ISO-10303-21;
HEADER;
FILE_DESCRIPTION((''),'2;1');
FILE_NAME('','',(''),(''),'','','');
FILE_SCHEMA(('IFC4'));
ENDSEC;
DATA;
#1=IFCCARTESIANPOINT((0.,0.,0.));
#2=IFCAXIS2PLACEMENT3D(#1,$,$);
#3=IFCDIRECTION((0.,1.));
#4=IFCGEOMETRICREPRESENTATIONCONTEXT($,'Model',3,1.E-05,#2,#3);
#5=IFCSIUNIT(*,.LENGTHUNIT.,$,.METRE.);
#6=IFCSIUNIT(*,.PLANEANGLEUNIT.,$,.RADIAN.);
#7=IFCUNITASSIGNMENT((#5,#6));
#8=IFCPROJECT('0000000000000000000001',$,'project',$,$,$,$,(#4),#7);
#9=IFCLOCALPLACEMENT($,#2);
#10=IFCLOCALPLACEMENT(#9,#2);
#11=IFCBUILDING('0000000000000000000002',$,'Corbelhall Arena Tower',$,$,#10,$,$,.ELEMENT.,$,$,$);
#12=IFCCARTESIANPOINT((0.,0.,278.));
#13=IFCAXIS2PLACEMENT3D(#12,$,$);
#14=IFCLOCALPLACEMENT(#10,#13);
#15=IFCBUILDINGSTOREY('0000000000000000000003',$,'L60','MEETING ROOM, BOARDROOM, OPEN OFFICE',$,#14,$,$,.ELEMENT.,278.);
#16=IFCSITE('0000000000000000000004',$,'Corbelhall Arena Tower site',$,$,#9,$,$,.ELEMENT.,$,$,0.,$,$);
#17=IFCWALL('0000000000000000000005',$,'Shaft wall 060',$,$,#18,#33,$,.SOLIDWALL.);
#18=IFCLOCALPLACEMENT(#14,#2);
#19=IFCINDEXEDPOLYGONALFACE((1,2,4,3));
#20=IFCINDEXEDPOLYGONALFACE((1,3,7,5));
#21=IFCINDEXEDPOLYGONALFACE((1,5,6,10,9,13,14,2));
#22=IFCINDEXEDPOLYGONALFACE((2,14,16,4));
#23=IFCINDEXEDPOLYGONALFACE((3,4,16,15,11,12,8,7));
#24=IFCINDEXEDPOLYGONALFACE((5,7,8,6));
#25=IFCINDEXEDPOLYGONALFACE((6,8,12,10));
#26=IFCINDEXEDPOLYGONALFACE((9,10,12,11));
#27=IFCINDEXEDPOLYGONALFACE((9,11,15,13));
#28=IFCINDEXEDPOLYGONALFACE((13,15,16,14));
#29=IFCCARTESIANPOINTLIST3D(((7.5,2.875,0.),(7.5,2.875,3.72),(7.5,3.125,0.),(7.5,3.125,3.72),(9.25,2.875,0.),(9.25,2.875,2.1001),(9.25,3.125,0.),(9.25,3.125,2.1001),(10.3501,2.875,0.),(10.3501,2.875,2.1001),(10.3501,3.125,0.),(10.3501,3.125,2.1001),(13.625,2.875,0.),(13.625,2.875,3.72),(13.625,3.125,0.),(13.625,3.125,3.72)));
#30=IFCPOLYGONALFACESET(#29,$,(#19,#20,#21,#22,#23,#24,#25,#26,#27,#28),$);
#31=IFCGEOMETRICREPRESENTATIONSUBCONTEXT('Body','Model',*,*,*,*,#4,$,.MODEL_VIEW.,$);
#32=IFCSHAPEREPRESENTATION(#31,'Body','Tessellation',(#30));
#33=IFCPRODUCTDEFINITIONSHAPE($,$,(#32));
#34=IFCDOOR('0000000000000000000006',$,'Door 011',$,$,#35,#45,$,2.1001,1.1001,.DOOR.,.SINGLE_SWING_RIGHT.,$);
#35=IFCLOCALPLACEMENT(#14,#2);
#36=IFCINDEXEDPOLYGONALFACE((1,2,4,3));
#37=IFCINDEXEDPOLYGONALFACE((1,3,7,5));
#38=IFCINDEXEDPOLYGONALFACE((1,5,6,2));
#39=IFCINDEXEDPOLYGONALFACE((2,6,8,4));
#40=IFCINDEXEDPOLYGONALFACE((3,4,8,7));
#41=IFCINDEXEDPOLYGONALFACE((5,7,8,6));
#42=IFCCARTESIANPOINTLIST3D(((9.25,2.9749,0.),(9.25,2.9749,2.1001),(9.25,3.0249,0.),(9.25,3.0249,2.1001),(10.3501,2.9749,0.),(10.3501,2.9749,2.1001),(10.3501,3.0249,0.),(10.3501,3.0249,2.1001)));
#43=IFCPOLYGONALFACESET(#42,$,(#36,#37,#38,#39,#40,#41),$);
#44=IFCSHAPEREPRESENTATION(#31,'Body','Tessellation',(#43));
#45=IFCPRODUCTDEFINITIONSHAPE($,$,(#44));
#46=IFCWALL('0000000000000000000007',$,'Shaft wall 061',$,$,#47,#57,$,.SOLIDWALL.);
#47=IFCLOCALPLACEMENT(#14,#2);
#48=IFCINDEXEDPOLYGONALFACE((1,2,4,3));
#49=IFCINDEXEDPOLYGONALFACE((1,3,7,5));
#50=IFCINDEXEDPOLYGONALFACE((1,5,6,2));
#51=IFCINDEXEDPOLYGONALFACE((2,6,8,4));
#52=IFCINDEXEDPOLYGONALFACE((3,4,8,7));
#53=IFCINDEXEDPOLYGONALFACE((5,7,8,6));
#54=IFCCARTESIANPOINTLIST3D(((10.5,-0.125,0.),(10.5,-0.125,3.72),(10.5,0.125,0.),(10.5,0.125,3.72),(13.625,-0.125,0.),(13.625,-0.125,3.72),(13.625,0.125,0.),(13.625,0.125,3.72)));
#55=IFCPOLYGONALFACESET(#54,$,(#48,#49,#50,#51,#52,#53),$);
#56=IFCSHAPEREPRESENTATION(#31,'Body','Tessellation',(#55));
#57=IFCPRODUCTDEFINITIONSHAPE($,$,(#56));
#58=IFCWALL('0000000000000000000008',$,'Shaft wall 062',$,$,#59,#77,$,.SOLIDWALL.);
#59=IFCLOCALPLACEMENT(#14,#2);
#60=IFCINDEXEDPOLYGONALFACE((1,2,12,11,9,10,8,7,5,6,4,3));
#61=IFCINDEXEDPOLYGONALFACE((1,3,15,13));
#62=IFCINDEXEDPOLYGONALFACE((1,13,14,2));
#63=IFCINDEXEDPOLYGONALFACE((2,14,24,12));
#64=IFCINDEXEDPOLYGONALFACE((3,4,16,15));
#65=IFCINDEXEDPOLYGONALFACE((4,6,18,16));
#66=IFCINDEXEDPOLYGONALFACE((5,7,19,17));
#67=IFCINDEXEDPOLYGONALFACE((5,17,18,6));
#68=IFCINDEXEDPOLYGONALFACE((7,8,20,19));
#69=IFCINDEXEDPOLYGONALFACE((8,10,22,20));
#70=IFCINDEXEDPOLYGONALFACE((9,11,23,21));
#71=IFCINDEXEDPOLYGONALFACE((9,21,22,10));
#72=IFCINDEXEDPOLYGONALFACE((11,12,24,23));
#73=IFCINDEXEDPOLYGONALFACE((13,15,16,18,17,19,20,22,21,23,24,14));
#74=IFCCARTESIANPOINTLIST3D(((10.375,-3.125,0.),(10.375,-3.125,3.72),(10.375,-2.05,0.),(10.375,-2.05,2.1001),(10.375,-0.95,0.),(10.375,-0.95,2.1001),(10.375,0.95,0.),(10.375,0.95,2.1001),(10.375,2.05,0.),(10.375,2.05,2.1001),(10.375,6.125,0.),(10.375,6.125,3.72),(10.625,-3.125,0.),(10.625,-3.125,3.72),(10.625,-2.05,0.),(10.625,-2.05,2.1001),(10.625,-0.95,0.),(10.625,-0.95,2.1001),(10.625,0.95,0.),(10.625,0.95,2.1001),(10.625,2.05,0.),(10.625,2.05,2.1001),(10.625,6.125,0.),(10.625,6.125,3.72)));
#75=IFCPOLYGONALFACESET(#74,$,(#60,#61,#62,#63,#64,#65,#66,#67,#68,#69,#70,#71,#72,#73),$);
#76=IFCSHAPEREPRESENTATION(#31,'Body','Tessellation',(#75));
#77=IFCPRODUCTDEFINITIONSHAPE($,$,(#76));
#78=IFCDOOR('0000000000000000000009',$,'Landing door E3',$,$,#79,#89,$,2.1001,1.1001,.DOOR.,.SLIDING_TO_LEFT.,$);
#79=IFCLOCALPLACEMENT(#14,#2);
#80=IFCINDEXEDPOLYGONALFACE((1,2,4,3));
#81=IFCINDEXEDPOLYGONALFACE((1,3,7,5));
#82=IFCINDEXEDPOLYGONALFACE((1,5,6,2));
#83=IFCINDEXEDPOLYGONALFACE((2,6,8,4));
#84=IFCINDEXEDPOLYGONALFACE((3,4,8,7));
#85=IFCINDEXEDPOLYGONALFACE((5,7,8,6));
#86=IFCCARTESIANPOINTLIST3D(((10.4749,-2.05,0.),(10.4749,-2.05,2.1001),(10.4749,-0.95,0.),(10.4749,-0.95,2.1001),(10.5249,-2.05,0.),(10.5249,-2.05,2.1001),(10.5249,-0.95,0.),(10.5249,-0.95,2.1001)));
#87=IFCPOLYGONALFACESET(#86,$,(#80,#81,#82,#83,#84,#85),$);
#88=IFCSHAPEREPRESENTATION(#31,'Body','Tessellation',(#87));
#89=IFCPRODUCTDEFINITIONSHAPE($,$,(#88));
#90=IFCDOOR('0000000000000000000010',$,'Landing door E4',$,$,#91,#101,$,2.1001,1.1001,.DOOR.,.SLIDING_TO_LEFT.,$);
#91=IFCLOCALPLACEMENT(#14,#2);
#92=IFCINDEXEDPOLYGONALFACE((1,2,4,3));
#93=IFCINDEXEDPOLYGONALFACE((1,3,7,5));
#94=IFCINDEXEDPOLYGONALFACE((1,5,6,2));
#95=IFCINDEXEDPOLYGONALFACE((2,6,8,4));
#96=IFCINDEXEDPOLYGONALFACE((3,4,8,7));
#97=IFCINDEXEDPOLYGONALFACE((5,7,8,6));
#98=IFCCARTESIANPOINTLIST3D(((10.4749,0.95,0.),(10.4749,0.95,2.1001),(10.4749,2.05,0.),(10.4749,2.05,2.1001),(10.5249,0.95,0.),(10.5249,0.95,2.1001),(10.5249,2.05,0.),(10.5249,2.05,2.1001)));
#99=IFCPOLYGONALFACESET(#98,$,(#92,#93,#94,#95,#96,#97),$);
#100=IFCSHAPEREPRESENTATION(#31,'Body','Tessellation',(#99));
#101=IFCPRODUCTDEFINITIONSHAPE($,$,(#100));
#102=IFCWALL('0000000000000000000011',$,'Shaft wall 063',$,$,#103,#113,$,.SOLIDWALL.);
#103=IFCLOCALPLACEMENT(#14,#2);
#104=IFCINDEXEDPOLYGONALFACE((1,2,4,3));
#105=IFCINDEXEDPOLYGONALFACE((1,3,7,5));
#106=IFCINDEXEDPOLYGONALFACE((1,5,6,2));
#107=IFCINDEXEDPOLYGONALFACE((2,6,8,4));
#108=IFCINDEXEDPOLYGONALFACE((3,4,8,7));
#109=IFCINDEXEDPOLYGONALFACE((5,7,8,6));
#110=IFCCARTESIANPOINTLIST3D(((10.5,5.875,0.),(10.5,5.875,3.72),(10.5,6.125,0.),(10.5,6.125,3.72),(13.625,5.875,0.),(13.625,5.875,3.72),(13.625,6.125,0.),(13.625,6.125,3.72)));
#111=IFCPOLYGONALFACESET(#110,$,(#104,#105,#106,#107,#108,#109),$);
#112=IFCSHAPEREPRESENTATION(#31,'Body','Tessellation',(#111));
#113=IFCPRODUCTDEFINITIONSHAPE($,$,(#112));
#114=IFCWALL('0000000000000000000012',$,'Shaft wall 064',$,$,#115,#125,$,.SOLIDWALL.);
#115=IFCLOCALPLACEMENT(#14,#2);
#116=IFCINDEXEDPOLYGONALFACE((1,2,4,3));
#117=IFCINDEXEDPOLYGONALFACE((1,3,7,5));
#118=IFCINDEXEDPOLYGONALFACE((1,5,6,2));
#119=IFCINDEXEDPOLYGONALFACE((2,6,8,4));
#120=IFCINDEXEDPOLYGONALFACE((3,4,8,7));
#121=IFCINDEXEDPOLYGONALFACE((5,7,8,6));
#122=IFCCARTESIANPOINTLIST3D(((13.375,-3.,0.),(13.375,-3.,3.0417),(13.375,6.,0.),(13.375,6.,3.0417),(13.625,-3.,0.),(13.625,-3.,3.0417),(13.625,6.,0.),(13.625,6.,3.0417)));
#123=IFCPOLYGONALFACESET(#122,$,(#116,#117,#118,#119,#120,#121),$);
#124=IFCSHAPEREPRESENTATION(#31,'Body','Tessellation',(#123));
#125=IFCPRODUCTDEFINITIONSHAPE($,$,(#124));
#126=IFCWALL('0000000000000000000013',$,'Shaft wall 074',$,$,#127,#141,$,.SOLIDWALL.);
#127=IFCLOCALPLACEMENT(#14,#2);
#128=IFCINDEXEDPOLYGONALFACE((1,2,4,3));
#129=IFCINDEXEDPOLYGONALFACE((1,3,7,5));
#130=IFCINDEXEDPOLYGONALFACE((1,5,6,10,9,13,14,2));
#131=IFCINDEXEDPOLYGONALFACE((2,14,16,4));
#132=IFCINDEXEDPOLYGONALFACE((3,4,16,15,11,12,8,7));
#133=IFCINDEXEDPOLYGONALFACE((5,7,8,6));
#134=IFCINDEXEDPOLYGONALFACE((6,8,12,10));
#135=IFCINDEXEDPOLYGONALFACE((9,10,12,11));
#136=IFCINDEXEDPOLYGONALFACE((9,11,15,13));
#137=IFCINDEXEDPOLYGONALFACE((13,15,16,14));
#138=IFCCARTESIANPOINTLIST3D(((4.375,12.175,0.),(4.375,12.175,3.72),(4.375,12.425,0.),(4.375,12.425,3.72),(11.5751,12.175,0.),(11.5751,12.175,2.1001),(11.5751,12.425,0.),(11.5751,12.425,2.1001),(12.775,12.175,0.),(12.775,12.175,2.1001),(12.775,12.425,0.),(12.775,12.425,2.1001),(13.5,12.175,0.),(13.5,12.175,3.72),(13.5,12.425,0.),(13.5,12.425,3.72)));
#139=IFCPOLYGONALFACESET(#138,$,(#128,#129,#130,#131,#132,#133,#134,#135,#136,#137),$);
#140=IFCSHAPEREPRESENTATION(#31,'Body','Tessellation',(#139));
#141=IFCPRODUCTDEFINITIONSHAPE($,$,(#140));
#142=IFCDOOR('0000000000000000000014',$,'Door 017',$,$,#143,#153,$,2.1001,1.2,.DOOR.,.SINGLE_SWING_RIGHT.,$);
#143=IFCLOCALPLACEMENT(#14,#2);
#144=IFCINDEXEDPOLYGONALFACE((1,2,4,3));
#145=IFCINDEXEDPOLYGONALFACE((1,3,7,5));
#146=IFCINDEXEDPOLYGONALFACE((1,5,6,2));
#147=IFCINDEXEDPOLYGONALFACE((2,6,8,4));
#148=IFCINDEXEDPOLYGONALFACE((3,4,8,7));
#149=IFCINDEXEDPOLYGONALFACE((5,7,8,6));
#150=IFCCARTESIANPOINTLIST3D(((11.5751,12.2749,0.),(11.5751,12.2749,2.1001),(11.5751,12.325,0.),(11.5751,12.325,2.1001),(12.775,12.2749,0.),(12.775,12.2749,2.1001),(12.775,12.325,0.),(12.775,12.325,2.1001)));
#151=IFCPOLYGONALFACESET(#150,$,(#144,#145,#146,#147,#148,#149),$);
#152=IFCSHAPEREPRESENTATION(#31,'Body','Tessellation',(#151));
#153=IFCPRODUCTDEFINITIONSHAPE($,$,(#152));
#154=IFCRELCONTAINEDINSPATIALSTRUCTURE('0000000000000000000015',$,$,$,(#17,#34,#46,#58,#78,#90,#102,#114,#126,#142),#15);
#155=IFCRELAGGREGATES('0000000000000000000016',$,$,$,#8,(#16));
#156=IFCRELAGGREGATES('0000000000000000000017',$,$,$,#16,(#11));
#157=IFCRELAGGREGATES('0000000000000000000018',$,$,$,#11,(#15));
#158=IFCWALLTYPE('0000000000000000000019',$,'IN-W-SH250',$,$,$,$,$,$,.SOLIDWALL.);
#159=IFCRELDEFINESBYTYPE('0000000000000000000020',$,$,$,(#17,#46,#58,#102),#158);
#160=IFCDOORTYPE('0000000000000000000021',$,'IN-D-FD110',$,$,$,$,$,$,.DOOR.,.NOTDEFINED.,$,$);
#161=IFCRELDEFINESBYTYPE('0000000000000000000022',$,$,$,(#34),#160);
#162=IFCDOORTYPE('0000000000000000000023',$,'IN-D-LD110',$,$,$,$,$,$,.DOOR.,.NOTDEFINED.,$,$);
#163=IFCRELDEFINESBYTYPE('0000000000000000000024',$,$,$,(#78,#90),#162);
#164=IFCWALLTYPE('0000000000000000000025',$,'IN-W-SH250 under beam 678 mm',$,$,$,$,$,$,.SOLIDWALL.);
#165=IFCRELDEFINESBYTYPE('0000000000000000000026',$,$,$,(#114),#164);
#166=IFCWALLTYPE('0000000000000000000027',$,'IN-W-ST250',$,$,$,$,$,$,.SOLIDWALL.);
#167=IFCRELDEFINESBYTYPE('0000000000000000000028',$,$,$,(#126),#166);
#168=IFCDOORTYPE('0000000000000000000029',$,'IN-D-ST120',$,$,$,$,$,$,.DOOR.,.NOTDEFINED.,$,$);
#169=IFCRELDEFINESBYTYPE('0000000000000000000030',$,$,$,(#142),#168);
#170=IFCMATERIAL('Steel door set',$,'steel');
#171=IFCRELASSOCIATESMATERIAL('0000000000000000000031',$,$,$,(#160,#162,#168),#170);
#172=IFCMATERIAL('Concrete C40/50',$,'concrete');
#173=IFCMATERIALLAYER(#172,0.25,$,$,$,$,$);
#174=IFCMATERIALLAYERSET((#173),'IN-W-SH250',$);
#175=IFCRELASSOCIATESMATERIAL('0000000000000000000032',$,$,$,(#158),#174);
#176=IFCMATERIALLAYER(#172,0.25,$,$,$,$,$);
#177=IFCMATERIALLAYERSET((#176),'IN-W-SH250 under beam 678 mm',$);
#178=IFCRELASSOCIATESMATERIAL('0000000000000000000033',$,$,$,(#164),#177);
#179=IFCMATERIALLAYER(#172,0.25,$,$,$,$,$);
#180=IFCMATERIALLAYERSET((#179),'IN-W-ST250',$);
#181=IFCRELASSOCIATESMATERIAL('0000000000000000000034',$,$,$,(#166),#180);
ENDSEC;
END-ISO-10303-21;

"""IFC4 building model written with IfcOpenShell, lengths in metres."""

from ifc_helpers import new_model, si_unit, direction, frame, frame_2d, origin, place, context, subcontext, project, spatial, rectangle, extrude, material, layer, layer_set, type_object, element, fill, save


model = new_model("IFC4")

# Units and contexts
model_context = context("Model", 3, precision=1e-05, world=origin(), true_north=direction((0.0, 1.0)))
body_context = subcontext(model_context, "Body", "Model", "MODEL_VIEW")
ifc_project = project(units=[si_unit("LENGTHUNIT", "METRE"), si_unit("PLANEANGLEUNIT", "RADIAN")], contexts=[model_context])

# Site, building, storey
site_placement = place(None, origin())
site = spatial("IfcSite", under=ifc_project, at=site_placement, Name="Corbelhall Arena Tower site", CompositionType="ELEMENT", RefElevation=0.0)
building_placement = place(site_placement, origin())
building = spatial("IfcBuilding", under=site, at=building_placement, Name="Corbelhall Arena Tower", CompositionType="ELEMENT")
storey_placement = place(building_placement, frame((0.0, 0.0, 278.0)))
storey = spatial("IfcBuildingStorey", under=building, at=storey_placement, Name="L60", Description="MEETING ROOM, BOARDROOM, OPEN OFFICE", CompositionType="ELEMENT", Elevation=278.0)

# Shared definitions
ifc_material_1 = material(Name="Steel door set", Category="steel")
door_type_1 = type_object("IfcDoorType", Name="IN-D-FD110", OperationType="NOTDEFINED", PredefinedType="DOOR", material=ifc_material_1)

# Shared definitions
ifc_material_2 = material(Name="Concrete C40/50", Category="concrete")
ifc_layer_1 = layer(ifc_material_2, 0.25)
ifc_layer_set_1 = layer_set([ifc_layer_1], Name="IN-W-SH250")
wall_type_1 = type_object("IfcWallType", Name="IN-W-SH250", PredefinedType="SOLIDWALL", material=ifc_layer_set_1)

# Wall, opening, door
wall_1_placement = place(storey_placement, frame((7.5, 3.0, 0.0), z_axis=(0.0, 0.0, 1.0), x_axis=(1.0, 0.0, 0.0)))
wall_1 = element("IfcWall", 1, at=wall_1_placement, inside=storey, type_object=wall_type_1, Name="Shaft wall 060", PredefinedType="SOLIDWALL", context=body_context, shape_type="SweptSolid", body=[
    extrude(rectangle(XDim=6.125, YDim=0.25, at=frame_2d((3.0625, 0.0))), origin(), (0.0, 0.0, 1.0), 3.72),
])
opening_1_placement = place(wall_1_placement, frame((1.75, 0.0, 0.0)))
opening_1 = element("IfcOpeningElement", 2, at=opening_1_placement, cuts=wall_1, PredefinedType="OPENING", context=body_context, shape_type="SweptSolid", body=[
    extrude(rectangle(XDim=1.1001, YDim=2.1001, at=frame_2d((0.55, 1.05))), frame((0.0, 0.125, 0.0), z_axis=(0.0, -1.0, 0.0), x_axis=(1.0, 0.0, 0.0)), (0.0, 0.0, 1.0), 0.25),
])
door_1_placement = place(opening_1_placement, origin())
door_1 = element("IfcDoor", 3, at=door_1_placement, inside=storey, type_object=door_type_1, Name="Door 011", OperationType="SINGLE_SWING_RIGHT", OverallHeight=2.1001, OverallWidth=1.1001, PredefinedType="DOOR", context=body_context, shape_type="SweptSolid", body=[
    extrude(rectangle(XDim=1.1001, YDim=2.1001, at=frame_2d((0.55, 1.05))), frame((0.0, 0.0249, 0.0), z_axis=(0.0, -1.0, 0.0), x_axis=(1.0, 0.0, 0.0)), (0.0, 0.0, 1.0), 0.05),
])
fill(opening_1, door_1)

# Wall
wall_2_placement = place(storey_placement, frame((10.5, 0.0, 0.0), z_axis=(0.0, 0.0, 1.0), x_axis=(1.0, 0.0, 0.0)))
element("IfcWall", 4, at=wall_2_placement, inside=storey, type_object=wall_type_1, Name="Shaft wall 061", PredefinedType="SOLIDWALL", context=body_context, shape_type="SweptSolid", body=[
    extrude(rectangle(XDim=3.125, YDim=0.25, at=frame_2d((1.5625, 0.0))), origin(), (0.0, 0.0, 1.0), 3.72),
])

# Wall, openings, doors
wall_3_placement = place(storey_placement, frame((10.5, 6.125, 0.0), z_axis=(0.0, 0.0, 1.0), x_axis=(0.0, -1.0, 0.0)))
wall_3 = element("IfcWall", 5, at=wall_3_placement, inside=storey, type_object=wall_type_1, Name="Shaft wall 062", PredefinedType="SOLIDWALL", context=body_context, shape_type="SweptSolid", body=[
    extrude(rectangle(XDim=9.25, YDim=0.25, at=frame_2d((4.625, 0.0))), origin(), (0.0, 0.0, 1.0), 3.72),
])
opening_2_placement = place(wall_3_placement, frame((7.075, 0.0, 0.0)))
opening_2 = element("IfcOpeningElement", 6, at=opening_2_placement, cuts=wall_3, PredefinedType="OPENING", context=body_context, shape_type="SweptSolid", body=[
    extrude(rectangle(XDim=1.1001, YDim=2.1001, at=frame_2d((0.55, 1.05))), frame((0.0, 0.125, 0.0), z_axis=(0.0, -1.0, 0.0), x_axis=(1.0, 0.0, 0.0)), (0.0, 0.0, 1.0), 0.25),
])
opening_3_placement = place(wall_3_placement, frame((4.075, 0.0, 0.0)))
opening_3 = element("IfcOpeningElement", 7, at=opening_3_placement, cuts=wall_3, PredefinedType="OPENING", context=body_context, shape_type="SweptSolid", body=[
    extrude(rectangle(XDim=1.1001, YDim=2.1001, at=frame_2d((0.55, 1.05))), frame((0.0, 0.125, 0.0), z_axis=(0.0, -1.0, 0.0), x_axis=(1.0, 0.0, 0.0)), (0.0, 0.0, 1.0), 0.25),
])
door_type_2 = type_object("IfcDoorType", Name="IN-D-LD110", OperationType="NOTDEFINED", PredefinedType="DOOR", material=ifc_material_1)
door_2_placement = place(opening_2_placement, origin())
door_2 = element("IfcDoor", 8, at=door_2_placement, inside=storey, type_object=door_type_2, Name="Landing door E3", OperationType="SLIDING_TO_LEFT", OverallHeight=2.1001, OverallWidth=1.1001, PredefinedType="DOOR", context=body_context, shape_type="SweptSolid", body=[
    extrude(rectangle(XDim=1.1001, YDim=2.1001, at=frame_2d((0.55, 1.05))), frame((0.0, 0.0249, 0.0), z_axis=(0.0, -1.0, 0.0), x_axis=(1.0, 0.0, 0.0)), (0.0, 0.0, 1.0), 0.05),
])
fill(opening_2, door_2)
door_3_placement = place(opening_3_placement, origin())
door_3 = element("IfcDoor", 9, at=door_3_placement, inside=storey, type_object=door_type_2, Name="Landing door E4", OperationType="SLIDING_TO_LEFT", OverallHeight=2.1001, OverallWidth=1.1001, PredefinedType="DOOR", context=body_context, shape_type="SweptSolid", body=[
    extrude(rectangle(XDim=1.1001, YDim=2.1001, at=frame_2d((0.55, 1.05))), frame((0.0, 0.0249, 0.0), z_axis=(0.0, -1.0, 0.0), x_axis=(1.0, 0.0, 0.0)), (0.0, 0.0, 1.0), 0.05),
])
fill(opening_3, door_3)

# Walls
wall_4_placement = place(storey_placement, frame((10.5, 6.0, 0.0), z_axis=(0.0, 0.0, 1.0), x_axis=(1.0, 0.0, 0.0)))
element("IfcWall", 10, at=wall_4_placement, inside=storey, type_object=wall_type_1, Name="Shaft wall 063", PredefinedType="SOLIDWALL", context=body_context, shape_type="SweptSolid", body=[
    extrude(rectangle(XDim=3.125, YDim=0.25, at=frame_2d((1.5625, 0.0))), origin(), (0.0, 0.0, 1.0), 3.72),
])
ifc_layer_2 = layer(ifc_material_2, 0.25)
ifc_layer_set_2 = layer_set([ifc_layer_2], Name="IN-W-SH250 under beam 678 mm")
wall_type_2 = type_object("IfcWallType", Name="IN-W-SH250 under beam 678 mm", PredefinedType="SOLIDWALL", material=ifc_layer_set_2)
wall_5_placement = place(storey_placement, frame((13.5, 6.0, 0.0), z_axis=(0.0, 0.0, 1.0), x_axis=(0.0, -1.0, 0.0)))
element("IfcWall", 11, at=wall_5_placement, inside=storey, type_object=wall_type_2, Name="Shaft wall 064", PredefinedType="SOLIDWALL", context=body_context, shape_type="SweptSolid", body=[
    extrude(rectangle(XDim=9.0, YDim=0.25, at=frame_2d((4.5, 0.0))), origin(), (0.0, 0.0, 1.0), 3.0417),
])

# Wall, opening, door
ifc_layer_3 = layer(ifc_material_2, 0.25)
ifc_layer_set_3 = layer_set([ifc_layer_3], Name="IN-W-ST250")
wall_type_3 = type_object("IfcWallType", Name="IN-W-ST250", PredefinedType="SOLIDWALL", material=ifc_layer_set_3)
wall_6_placement = place(storey_placement, frame((4.375, 12.3, 0.0), z_axis=(0.0, 0.0, 1.0), x_axis=(1.0, 0.0, 0.0)))
wall_6 = element("IfcWall", 12, at=wall_6_placement, inside=storey, type_object=wall_type_3, Name="Shaft wall 074", PredefinedType="SOLIDWALL", context=body_context, shape_type="SweptSolid", body=[
    extrude(rectangle(XDim=9.125, YDim=0.25, at=frame_2d((4.5625, 0.0))), origin(), (0.0, 0.0, 1.0), 3.72),
])
opening_4_placement = place(wall_6_placement, frame((7.2, 0.0, 0.0)))
opening_4 = element("IfcOpeningElement", 13, at=opening_4_placement, cuts=wall_6, PredefinedType="OPENING", context=body_context, shape_type="SweptSolid", body=[
    extrude(rectangle(XDim=1.2, YDim=2.1001, at=frame_2d((0.6001, 1.05))), frame((0.0, 0.125, 0.0), z_axis=(0.0, -1.0, 0.0), x_axis=(1.0, 0.0, 0.0)), (0.0, 0.0, 1.0), 0.25),
])
door_type_3 = type_object("IfcDoorType", Name="IN-D-ST120", OperationType="NOTDEFINED", PredefinedType="DOOR", material=ifc_material_1)
door_4_placement = place(opening_4_placement, origin())
door_4 = element("IfcDoor", 14, at=door_4_placement, inside=storey, type_object=door_type_3, Name="Door 017", OperationType="SINGLE_SWING_RIGHT", OverallHeight=2.1001, OverallWidth=1.2, PredefinedType="DOOR", context=body_context, shape_type="SweptSolid", body=[
    extrude(rectangle(XDim=1.2, YDim=2.1001, at=frame_2d((0.6001, 1.05))), frame((0.0, 0.0249, 0.0), z_axis=(0.0, -1.0, 0.0), x_axis=(1.0, 0.0, 0.0)), (0.0, 0.0, 1.0), 0.05),
])
fill(opening_4, door_4)

save(model, "model.ifc")
